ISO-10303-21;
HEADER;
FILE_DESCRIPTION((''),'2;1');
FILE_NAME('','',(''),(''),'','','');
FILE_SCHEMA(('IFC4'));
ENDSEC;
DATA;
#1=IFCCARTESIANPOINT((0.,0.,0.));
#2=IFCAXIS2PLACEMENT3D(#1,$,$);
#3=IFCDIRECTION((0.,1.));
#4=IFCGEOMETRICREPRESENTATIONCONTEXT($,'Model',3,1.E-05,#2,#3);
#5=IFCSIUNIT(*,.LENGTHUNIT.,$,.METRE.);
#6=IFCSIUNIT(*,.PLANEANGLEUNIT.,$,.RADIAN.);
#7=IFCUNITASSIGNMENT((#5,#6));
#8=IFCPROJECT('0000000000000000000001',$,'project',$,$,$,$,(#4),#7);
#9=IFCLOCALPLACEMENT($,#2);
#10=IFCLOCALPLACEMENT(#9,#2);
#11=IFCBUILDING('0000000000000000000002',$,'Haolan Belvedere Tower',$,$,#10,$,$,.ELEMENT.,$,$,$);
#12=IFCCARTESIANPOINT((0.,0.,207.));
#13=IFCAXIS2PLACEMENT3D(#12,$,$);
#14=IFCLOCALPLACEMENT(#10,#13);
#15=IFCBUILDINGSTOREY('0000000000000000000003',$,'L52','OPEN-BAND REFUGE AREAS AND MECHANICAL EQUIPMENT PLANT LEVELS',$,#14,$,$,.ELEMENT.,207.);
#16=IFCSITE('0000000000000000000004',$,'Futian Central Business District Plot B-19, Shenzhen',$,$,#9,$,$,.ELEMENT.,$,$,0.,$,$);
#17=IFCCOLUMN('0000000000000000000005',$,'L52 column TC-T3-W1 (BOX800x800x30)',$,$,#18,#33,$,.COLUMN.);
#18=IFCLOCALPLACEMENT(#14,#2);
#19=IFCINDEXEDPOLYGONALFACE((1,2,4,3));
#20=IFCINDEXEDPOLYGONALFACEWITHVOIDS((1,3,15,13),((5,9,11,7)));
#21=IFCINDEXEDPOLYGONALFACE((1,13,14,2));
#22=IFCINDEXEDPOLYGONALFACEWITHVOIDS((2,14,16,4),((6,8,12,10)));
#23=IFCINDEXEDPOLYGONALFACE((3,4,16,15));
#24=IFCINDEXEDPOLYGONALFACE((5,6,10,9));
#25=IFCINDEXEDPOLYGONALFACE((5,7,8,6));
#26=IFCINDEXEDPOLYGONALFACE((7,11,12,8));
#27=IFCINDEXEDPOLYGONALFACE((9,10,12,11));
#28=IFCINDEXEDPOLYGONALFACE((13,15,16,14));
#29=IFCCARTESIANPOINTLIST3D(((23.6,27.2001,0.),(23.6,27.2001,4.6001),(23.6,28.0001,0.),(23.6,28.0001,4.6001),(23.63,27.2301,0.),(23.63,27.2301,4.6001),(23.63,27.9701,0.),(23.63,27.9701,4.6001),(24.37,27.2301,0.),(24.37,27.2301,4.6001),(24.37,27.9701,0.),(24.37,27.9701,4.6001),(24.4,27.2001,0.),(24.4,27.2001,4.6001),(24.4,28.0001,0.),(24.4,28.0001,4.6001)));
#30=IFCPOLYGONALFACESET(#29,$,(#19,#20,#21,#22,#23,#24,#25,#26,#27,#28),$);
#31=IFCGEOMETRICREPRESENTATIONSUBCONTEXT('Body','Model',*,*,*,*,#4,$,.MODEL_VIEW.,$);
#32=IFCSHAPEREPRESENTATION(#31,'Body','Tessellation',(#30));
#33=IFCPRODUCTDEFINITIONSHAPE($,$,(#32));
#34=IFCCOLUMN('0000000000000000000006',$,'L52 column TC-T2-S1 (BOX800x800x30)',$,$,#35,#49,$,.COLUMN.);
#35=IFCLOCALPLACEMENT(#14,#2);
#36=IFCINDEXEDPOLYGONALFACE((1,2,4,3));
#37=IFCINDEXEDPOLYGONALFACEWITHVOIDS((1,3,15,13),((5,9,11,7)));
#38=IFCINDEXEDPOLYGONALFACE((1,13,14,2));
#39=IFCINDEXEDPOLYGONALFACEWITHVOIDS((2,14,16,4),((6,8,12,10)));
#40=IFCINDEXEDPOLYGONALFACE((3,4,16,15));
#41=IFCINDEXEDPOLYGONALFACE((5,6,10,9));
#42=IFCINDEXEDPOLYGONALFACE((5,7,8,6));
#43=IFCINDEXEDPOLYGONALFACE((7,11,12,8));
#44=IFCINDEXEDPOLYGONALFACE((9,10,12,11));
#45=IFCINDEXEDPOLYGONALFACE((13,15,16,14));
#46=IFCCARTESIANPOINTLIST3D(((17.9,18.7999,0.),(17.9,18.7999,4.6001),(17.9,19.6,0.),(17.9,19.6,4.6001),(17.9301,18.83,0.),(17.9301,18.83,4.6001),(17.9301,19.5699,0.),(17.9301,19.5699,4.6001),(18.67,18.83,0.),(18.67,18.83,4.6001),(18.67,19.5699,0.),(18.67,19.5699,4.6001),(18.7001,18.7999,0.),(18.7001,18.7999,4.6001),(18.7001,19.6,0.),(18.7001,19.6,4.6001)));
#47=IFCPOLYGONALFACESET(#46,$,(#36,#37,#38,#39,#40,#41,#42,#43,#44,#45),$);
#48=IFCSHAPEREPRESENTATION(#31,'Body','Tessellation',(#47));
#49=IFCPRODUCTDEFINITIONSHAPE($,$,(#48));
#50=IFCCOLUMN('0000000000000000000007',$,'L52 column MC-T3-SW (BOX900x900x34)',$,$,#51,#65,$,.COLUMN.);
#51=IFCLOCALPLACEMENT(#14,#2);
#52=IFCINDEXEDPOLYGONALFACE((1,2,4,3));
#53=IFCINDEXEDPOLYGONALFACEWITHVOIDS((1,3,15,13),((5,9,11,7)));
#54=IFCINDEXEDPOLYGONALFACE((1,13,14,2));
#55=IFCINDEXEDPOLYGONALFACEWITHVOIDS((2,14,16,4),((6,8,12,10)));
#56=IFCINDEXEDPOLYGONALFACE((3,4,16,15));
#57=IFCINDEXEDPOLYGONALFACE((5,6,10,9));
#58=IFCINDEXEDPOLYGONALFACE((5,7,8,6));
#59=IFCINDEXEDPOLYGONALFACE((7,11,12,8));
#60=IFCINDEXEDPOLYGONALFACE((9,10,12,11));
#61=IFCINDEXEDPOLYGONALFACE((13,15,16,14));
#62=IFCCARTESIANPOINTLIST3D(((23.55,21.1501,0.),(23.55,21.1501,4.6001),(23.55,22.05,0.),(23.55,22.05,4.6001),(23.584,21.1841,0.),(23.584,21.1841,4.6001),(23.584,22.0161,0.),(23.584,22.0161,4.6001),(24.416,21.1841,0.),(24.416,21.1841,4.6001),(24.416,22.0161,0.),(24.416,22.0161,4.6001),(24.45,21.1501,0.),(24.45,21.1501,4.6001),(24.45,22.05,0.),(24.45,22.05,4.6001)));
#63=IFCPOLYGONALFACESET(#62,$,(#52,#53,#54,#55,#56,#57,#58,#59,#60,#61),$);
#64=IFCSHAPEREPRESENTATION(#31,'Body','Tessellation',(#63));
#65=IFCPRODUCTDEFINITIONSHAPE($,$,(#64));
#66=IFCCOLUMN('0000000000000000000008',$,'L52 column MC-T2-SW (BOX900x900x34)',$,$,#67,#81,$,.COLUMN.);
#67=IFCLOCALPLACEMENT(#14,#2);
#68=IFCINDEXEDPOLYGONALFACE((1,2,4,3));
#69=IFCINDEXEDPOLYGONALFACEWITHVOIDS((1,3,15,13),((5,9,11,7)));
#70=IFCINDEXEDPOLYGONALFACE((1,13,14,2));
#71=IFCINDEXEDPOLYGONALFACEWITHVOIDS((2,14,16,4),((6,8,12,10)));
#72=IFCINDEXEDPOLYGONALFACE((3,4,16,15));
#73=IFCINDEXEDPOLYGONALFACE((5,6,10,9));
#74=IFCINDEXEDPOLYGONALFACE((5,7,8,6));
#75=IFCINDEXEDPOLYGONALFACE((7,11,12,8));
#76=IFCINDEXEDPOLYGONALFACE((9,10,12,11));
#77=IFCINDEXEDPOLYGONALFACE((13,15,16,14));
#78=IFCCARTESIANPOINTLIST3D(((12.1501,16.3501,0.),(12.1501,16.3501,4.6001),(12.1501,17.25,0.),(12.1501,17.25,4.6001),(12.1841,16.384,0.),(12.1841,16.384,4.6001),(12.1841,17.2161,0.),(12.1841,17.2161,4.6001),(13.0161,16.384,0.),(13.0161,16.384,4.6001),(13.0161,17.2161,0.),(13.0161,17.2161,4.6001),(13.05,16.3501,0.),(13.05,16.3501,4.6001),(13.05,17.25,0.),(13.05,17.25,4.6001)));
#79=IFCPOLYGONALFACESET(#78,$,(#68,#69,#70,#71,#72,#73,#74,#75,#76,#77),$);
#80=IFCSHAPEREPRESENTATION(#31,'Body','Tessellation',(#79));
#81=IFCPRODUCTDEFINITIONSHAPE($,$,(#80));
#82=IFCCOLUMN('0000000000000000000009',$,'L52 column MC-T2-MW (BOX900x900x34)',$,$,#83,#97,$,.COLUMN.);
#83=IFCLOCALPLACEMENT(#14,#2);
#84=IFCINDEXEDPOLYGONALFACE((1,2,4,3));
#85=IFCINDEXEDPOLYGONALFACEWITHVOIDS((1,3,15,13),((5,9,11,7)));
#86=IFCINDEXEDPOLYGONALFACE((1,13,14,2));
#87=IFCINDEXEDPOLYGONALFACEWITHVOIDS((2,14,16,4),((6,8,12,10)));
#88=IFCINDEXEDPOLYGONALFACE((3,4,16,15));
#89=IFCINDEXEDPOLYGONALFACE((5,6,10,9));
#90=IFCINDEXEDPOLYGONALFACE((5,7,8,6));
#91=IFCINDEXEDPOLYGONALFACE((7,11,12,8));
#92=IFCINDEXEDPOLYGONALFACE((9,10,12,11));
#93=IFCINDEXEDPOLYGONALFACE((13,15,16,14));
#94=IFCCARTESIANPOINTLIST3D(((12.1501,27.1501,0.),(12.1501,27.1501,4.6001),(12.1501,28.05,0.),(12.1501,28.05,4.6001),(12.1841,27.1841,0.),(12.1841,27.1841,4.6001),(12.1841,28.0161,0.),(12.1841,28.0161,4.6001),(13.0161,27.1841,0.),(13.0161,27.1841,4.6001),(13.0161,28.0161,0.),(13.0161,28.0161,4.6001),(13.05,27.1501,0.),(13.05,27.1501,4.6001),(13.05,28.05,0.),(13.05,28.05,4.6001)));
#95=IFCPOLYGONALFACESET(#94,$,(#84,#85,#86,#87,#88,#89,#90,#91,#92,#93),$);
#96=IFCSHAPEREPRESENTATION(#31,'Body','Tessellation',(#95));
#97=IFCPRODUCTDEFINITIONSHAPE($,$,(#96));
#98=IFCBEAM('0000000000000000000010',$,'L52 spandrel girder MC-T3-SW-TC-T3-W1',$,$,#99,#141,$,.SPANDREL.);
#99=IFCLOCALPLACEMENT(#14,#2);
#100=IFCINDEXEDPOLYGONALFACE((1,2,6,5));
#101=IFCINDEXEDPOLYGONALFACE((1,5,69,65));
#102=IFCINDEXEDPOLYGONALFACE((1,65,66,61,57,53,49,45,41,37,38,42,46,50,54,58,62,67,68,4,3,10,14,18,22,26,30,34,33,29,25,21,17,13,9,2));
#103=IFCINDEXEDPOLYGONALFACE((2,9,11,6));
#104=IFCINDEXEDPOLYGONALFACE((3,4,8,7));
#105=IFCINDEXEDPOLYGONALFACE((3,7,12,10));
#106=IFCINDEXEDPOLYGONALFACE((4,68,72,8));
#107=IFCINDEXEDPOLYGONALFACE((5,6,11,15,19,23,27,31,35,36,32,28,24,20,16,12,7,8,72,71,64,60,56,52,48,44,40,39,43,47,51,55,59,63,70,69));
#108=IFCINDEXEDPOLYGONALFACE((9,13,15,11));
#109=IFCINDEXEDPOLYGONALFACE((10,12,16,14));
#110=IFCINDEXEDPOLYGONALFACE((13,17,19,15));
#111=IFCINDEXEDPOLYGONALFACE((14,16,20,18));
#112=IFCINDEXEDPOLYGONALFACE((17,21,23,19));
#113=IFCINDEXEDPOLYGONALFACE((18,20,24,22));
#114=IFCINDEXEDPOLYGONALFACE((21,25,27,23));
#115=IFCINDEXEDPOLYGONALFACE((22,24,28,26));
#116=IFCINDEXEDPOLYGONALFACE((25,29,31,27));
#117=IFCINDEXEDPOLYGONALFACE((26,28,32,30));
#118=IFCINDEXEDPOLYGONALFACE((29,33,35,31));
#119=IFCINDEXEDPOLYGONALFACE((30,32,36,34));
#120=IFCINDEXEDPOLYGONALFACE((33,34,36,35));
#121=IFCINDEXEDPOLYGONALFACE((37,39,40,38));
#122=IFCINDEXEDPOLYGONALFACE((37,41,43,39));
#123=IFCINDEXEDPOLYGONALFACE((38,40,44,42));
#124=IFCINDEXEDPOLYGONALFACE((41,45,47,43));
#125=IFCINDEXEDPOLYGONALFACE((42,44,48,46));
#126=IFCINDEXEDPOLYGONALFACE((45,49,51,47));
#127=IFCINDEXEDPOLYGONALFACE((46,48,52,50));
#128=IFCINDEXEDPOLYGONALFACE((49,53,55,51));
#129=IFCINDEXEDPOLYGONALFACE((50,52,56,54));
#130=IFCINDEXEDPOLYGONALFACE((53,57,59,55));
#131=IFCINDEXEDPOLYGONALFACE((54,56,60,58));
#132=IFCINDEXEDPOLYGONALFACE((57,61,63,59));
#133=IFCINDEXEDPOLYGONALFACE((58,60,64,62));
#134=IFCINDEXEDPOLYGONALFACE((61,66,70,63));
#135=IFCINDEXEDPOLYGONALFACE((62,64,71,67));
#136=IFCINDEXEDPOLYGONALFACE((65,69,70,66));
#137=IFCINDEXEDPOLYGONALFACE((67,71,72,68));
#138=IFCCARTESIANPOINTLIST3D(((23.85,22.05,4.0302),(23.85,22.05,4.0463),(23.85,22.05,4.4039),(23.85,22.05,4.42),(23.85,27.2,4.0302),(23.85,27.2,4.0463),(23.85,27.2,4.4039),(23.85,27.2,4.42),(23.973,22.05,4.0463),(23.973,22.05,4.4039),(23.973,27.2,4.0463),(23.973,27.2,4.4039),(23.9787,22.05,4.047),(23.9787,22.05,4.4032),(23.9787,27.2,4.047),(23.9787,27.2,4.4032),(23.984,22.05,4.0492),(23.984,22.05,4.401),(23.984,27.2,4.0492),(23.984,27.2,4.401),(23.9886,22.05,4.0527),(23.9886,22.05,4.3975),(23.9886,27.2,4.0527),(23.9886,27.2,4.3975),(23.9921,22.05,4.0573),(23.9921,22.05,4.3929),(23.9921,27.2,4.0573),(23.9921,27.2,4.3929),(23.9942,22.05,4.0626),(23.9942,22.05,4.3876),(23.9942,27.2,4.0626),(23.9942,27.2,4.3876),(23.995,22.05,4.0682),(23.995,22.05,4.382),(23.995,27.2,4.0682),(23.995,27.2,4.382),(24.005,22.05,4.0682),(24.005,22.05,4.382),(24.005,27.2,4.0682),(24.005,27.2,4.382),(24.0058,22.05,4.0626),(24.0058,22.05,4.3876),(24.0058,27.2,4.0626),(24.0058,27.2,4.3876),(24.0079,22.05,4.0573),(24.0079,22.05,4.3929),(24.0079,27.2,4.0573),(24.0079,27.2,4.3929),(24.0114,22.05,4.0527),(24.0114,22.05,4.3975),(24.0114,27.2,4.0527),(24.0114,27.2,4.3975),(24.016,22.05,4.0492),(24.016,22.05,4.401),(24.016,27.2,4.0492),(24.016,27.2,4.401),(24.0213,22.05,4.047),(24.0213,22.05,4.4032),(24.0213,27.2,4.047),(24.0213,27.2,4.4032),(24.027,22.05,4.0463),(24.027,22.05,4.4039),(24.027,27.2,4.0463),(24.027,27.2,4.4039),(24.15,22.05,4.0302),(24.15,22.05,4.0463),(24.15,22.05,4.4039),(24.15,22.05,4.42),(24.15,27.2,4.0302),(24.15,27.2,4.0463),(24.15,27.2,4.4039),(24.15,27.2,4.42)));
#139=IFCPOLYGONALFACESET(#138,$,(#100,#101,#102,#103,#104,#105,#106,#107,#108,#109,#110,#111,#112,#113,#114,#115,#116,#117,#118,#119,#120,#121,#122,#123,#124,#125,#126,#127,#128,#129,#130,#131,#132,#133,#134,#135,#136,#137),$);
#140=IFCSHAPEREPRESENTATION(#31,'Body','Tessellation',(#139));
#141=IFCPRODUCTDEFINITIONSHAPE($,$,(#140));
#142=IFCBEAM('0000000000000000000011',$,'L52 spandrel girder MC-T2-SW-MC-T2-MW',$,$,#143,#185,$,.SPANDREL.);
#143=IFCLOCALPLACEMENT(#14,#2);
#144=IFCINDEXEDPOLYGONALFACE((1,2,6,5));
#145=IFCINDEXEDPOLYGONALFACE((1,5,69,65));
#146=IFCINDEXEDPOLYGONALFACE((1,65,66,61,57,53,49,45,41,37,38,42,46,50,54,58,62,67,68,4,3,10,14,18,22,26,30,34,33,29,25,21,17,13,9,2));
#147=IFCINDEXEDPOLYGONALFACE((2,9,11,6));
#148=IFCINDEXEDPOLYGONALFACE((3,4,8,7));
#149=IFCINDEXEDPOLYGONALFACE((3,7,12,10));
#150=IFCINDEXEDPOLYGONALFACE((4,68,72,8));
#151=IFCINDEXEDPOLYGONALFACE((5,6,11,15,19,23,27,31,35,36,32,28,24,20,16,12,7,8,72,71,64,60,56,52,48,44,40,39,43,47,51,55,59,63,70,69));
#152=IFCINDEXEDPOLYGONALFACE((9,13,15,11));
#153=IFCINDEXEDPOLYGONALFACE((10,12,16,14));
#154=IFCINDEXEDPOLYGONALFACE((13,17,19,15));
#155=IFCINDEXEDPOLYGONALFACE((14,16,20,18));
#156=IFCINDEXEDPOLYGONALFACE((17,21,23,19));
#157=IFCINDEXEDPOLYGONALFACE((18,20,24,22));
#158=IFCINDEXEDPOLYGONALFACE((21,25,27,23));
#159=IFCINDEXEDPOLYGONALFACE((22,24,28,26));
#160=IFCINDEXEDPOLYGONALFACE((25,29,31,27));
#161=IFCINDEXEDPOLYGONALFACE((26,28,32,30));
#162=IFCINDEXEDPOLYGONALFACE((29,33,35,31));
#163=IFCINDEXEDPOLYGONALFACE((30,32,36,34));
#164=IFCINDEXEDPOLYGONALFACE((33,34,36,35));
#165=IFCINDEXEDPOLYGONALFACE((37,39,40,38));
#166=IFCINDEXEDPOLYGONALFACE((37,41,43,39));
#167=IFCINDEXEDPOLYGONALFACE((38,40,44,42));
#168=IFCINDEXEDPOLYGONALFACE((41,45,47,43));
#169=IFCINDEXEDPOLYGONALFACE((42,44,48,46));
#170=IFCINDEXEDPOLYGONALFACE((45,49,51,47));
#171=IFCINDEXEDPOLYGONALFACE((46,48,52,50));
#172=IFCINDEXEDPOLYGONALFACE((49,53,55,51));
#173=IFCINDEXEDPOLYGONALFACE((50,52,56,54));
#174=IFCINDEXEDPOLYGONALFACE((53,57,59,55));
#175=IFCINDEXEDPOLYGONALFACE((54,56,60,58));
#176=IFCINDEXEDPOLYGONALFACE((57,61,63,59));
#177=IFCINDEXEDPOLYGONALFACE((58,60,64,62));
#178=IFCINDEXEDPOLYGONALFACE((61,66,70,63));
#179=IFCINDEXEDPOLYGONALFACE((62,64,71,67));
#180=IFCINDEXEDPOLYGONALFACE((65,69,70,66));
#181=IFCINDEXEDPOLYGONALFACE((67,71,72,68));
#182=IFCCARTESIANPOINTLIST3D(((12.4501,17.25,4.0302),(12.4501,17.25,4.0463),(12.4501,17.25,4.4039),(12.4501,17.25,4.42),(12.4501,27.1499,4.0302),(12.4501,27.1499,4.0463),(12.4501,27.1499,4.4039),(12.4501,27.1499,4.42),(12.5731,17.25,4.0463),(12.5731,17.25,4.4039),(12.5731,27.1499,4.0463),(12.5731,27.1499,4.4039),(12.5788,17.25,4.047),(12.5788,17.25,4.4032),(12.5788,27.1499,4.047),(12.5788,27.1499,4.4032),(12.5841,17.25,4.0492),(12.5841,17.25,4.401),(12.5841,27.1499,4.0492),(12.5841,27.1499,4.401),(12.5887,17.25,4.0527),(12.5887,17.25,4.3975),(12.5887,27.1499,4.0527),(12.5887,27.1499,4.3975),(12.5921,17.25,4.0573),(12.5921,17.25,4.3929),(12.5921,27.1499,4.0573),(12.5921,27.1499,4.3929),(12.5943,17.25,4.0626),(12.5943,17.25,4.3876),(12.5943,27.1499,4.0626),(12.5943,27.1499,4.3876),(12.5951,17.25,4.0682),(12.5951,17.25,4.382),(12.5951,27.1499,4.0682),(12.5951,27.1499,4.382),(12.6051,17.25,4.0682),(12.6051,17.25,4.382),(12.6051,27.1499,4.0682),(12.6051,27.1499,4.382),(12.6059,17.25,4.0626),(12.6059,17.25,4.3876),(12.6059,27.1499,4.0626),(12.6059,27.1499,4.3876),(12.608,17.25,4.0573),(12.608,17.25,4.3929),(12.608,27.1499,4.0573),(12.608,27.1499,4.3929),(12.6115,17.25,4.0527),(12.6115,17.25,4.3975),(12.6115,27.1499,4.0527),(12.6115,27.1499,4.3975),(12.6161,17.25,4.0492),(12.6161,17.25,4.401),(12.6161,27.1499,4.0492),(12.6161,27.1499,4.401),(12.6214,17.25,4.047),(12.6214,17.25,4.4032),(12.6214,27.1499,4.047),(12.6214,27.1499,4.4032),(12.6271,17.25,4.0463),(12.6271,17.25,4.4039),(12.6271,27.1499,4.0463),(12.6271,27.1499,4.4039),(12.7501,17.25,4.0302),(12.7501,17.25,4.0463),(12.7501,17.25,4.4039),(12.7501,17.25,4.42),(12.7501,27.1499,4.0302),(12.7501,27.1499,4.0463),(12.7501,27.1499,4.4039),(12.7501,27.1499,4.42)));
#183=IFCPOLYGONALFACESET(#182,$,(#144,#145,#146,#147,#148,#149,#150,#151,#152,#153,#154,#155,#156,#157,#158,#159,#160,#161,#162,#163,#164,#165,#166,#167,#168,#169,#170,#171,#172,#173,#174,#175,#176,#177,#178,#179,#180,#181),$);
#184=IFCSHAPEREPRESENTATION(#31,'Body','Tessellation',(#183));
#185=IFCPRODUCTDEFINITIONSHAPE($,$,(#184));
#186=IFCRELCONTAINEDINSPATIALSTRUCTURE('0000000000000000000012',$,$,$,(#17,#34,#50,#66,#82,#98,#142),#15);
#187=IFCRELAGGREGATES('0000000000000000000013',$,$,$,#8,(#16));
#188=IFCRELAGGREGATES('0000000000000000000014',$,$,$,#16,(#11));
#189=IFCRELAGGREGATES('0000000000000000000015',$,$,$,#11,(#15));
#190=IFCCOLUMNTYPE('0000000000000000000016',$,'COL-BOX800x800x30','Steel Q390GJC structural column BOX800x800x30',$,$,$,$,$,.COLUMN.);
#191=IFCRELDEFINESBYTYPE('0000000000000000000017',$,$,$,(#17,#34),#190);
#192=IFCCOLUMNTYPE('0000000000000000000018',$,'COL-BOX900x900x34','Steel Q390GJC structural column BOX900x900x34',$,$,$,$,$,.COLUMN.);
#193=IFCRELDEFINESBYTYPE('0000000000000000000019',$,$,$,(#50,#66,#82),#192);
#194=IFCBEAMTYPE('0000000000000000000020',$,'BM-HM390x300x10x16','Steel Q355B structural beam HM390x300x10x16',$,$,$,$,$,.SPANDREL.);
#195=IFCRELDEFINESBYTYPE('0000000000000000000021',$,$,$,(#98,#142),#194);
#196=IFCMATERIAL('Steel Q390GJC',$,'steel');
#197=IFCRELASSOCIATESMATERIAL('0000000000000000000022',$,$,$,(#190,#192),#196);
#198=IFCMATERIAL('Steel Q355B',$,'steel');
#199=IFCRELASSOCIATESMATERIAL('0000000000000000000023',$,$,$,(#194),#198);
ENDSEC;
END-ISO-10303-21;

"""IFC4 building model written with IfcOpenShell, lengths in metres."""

from ifc_helpers import new_model, si_unit, direction, frame, origin, origin_2d, place, context, subcontext, project, spatial, hollow_rectangle, i_section, extrude, material, material_profile, profile_set, type_object, element, save


model = new_model("IFC4")

# Units and contexts
model_context = context("Model", 3, precision=1e-05, world=origin(), true_north=direction((0.0, 1.0)))
body_context = subcontext(model_context, "Body", "Model", "MODEL_VIEW")
ifc_project = project(units=[si_unit("LENGTHUNIT", "METRE"), si_unit("PLANEANGLEUNIT", "RADIAN")], contexts=[model_context])

# Site, building, storey
site_placement = place(None, origin())
site = spatial("IfcSite", under=ifc_project, at=site_placement, Name="Futian Central Business District Plot B-19, Shenzhen", CompositionType="ELEMENT", RefElevation=0.0)
building_placement = place(site_placement, origin())
building = spatial("IfcBuilding", under=site, at=building_placement, Name="Haolan Belvedere Tower", CompositionType="ELEMENT")
storey_placement = place(building_placement, frame((0.0, 0.0, 207.0)))
storey = spatial("IfcBuildingStorey", under=building, at=storey_placement, Name="L52", Description="OPEN-BAND REFUGE AREAS AND MECHANICAL EQUIPMENT PLANT LEVELS", CompositionType="ELEMENT", Elevation=207.0)

# Columns
ifc_material_1 = material(Name="Steel Q390GJC", Category="steel")
ifc_material_profile_1 = material_profile(ifc_material_1, hollow_rectangle(XDim=0.8, YDim=0.8, WallThickness=0.03, at=origin_2d()), Name="Steel Q390GJC")
ifc_profile_set_1 = profile_set([ifc_material_profile_1], Name="Steel Q390GJC")
column_type_1 = type_object("IfcColumnType", Name="COL-BOX800x800x30", Description="Steel Q390GJC structural column BOX800x800x30", PredefinedType="COLUMN", material=ifc_profile_set_1)
for number, where, z_axis, x_axis, name in (
    (1, (24.0, 27.6001, 0.0), (0.0, 0.0, 1.0), (1.0, 0.0, 0.0), "L52 column TC-T3-W1 (BOX800x800x30)"),
    (2, (18.3, 19.2, 0.0), (0.0, 0.0, 1.0), (1.0, 0.0, 0.0), "L52 column TC-T2-S1 (BOX800x800x30)"),
):
    element("IfcColumn", number, at=place(storey_placement, frame(where, z_axis=z_axis, x_axis=x_axis)), inside=storey, type_object=column_type_1, Name=name, PredefinedType="COLUMN", context=body_context, shape_type="SweptSolid", body=[
        extrude(hollow_rectangle(XDim=0.8, YDim=0.8, WallThickness=0.03, at=origin_2d()), origin(), (0.0, 0.0, 1.0), 4.6001),
    ])
ifc_material_profile_2 = material_profile(ifc_material_1, hollow_rectangle(XDim=0.8999, YDim=0.8999, WallThickness=0.0339, at=origin_2d()), Name="Steel Q390GJC")
ifc_profile_set_2 = profile_set([ifc_material_profile_2], Name="Steel Q390GJC")
column_type_2 = type_object("IfcColumnType", Name="COL-BOX900x900x34", Description="Steel Q390GJC structural column BOX900x900x34", PredefinedType="COLUMN", material=ifc_profile_set_2)
for number, where, z_axis, x_axis, name in (
    (3, (24.0, 21.6001, 0.0), (0.0, 0.0, 1.0), (1.0, 0.0, 0.0), "L52 column MC-T3-SW (BOX900x900x34)"),
    (4, (12.6001, 16.8, 0.0), (0.0, 0.0, 1.0), (1.0, 0.0, 0.0), "L52 column MC-T2-SW (BOX900x900x34)"),
    (5, (12.6001, 27.6001, 0.0), (0.0, 0.0, 1.0), (1.0, 0.0, 0.0), "L52 column MC-T2-MW (BOX900x900x34)"),
):
    element("IfcColumn", number, at=place(storey_placement, frame(where, z_axis=z_axis, x_axis=x_axis)), inside=storey, type_object=column_type_2, Name=name, PredefinedType="COLUMN", context=body_context, shape_type="SweptSolid", body=[
        extrude(hollow_rectangle(XDim=0.8999, YDim=0.8999, WallThickness=0.0339, at=origin_2d()), origin(), (0.0, 0.0, 1.0), 4.6001),
    ])

# Beams
ifc_material_2 = material(Name="Steel Q355B", Category="steel")
ifc_material_profile_3 = material_profile(ifc_material_2, i_section(OverallWidth=0.3, OverallDepth=0.3899, WebThickness=0.01, FlangeThickness=0.0161, FilletRadius=0.022, at=origin_2d()), Name="Steel Q355B")
ifc_profile_set_3 = profile_set([ifc_material_profile_3], Name="Steel Q355B")
beam_type_1 = type_object("IfcBeamType", Name="BM-HM390x300x10x16", Description="Steel Q355B structural beam HM390x300x10x16", PredefinedType="SPANDREL", material=ifc_profile_set_3)
beam_1_placement = place(storey_placement, frame((24.0, 22.05, 4.2251), z_axis=(0.0, 1.0, 0.0), x_axis=(-1.0, 0.0, 0.0)))
element("IfcBeam", 6, at=beam_1_placement, inside=storey, type_object=beam_type_1, Name="L52 spandrel girder MC-T3-SW-TC-T3-W1", PredefinedType="SPANDREL", context=body_context, shape_type="SweptSolid", body=[
    extrude(i_section(OverallWidth=0.3, OverallDepth=0.3899, WebThickness=0.01, FlangeThickness=0.0161, FilletRadius=0.022, at=origin_2d()), origin(), (0.0, 0.0, 1.0), 5.1499),
])
beam_2_placement = place(storey_placement, frame((12.6001, 17.25, 4.2251), z_axis=(0.0, 1.0, 0.0), x_axis=(-1.0, 0.0, 0.0)))
element("IfcBeam", 7, at=beam_2_placement, inside=storey, type_object=beam_type_1, Name="L52 spandrel girder MC-T2-SW-MC-T2-MW", PredefinedType="SPANDREL", context=body_context, shape_type="SweptSolid", body=[
    extrude(i_section(OverallWidth=0.3, OverallDepth=0.3899, WebThickness=0.01, FlangeThickness=0.0161, FilletRadius=0.022, at=origin_2d()), origin(), (0.0, 0.0, 1.0), 9.8999),
])

save(model, "model.ifc")
